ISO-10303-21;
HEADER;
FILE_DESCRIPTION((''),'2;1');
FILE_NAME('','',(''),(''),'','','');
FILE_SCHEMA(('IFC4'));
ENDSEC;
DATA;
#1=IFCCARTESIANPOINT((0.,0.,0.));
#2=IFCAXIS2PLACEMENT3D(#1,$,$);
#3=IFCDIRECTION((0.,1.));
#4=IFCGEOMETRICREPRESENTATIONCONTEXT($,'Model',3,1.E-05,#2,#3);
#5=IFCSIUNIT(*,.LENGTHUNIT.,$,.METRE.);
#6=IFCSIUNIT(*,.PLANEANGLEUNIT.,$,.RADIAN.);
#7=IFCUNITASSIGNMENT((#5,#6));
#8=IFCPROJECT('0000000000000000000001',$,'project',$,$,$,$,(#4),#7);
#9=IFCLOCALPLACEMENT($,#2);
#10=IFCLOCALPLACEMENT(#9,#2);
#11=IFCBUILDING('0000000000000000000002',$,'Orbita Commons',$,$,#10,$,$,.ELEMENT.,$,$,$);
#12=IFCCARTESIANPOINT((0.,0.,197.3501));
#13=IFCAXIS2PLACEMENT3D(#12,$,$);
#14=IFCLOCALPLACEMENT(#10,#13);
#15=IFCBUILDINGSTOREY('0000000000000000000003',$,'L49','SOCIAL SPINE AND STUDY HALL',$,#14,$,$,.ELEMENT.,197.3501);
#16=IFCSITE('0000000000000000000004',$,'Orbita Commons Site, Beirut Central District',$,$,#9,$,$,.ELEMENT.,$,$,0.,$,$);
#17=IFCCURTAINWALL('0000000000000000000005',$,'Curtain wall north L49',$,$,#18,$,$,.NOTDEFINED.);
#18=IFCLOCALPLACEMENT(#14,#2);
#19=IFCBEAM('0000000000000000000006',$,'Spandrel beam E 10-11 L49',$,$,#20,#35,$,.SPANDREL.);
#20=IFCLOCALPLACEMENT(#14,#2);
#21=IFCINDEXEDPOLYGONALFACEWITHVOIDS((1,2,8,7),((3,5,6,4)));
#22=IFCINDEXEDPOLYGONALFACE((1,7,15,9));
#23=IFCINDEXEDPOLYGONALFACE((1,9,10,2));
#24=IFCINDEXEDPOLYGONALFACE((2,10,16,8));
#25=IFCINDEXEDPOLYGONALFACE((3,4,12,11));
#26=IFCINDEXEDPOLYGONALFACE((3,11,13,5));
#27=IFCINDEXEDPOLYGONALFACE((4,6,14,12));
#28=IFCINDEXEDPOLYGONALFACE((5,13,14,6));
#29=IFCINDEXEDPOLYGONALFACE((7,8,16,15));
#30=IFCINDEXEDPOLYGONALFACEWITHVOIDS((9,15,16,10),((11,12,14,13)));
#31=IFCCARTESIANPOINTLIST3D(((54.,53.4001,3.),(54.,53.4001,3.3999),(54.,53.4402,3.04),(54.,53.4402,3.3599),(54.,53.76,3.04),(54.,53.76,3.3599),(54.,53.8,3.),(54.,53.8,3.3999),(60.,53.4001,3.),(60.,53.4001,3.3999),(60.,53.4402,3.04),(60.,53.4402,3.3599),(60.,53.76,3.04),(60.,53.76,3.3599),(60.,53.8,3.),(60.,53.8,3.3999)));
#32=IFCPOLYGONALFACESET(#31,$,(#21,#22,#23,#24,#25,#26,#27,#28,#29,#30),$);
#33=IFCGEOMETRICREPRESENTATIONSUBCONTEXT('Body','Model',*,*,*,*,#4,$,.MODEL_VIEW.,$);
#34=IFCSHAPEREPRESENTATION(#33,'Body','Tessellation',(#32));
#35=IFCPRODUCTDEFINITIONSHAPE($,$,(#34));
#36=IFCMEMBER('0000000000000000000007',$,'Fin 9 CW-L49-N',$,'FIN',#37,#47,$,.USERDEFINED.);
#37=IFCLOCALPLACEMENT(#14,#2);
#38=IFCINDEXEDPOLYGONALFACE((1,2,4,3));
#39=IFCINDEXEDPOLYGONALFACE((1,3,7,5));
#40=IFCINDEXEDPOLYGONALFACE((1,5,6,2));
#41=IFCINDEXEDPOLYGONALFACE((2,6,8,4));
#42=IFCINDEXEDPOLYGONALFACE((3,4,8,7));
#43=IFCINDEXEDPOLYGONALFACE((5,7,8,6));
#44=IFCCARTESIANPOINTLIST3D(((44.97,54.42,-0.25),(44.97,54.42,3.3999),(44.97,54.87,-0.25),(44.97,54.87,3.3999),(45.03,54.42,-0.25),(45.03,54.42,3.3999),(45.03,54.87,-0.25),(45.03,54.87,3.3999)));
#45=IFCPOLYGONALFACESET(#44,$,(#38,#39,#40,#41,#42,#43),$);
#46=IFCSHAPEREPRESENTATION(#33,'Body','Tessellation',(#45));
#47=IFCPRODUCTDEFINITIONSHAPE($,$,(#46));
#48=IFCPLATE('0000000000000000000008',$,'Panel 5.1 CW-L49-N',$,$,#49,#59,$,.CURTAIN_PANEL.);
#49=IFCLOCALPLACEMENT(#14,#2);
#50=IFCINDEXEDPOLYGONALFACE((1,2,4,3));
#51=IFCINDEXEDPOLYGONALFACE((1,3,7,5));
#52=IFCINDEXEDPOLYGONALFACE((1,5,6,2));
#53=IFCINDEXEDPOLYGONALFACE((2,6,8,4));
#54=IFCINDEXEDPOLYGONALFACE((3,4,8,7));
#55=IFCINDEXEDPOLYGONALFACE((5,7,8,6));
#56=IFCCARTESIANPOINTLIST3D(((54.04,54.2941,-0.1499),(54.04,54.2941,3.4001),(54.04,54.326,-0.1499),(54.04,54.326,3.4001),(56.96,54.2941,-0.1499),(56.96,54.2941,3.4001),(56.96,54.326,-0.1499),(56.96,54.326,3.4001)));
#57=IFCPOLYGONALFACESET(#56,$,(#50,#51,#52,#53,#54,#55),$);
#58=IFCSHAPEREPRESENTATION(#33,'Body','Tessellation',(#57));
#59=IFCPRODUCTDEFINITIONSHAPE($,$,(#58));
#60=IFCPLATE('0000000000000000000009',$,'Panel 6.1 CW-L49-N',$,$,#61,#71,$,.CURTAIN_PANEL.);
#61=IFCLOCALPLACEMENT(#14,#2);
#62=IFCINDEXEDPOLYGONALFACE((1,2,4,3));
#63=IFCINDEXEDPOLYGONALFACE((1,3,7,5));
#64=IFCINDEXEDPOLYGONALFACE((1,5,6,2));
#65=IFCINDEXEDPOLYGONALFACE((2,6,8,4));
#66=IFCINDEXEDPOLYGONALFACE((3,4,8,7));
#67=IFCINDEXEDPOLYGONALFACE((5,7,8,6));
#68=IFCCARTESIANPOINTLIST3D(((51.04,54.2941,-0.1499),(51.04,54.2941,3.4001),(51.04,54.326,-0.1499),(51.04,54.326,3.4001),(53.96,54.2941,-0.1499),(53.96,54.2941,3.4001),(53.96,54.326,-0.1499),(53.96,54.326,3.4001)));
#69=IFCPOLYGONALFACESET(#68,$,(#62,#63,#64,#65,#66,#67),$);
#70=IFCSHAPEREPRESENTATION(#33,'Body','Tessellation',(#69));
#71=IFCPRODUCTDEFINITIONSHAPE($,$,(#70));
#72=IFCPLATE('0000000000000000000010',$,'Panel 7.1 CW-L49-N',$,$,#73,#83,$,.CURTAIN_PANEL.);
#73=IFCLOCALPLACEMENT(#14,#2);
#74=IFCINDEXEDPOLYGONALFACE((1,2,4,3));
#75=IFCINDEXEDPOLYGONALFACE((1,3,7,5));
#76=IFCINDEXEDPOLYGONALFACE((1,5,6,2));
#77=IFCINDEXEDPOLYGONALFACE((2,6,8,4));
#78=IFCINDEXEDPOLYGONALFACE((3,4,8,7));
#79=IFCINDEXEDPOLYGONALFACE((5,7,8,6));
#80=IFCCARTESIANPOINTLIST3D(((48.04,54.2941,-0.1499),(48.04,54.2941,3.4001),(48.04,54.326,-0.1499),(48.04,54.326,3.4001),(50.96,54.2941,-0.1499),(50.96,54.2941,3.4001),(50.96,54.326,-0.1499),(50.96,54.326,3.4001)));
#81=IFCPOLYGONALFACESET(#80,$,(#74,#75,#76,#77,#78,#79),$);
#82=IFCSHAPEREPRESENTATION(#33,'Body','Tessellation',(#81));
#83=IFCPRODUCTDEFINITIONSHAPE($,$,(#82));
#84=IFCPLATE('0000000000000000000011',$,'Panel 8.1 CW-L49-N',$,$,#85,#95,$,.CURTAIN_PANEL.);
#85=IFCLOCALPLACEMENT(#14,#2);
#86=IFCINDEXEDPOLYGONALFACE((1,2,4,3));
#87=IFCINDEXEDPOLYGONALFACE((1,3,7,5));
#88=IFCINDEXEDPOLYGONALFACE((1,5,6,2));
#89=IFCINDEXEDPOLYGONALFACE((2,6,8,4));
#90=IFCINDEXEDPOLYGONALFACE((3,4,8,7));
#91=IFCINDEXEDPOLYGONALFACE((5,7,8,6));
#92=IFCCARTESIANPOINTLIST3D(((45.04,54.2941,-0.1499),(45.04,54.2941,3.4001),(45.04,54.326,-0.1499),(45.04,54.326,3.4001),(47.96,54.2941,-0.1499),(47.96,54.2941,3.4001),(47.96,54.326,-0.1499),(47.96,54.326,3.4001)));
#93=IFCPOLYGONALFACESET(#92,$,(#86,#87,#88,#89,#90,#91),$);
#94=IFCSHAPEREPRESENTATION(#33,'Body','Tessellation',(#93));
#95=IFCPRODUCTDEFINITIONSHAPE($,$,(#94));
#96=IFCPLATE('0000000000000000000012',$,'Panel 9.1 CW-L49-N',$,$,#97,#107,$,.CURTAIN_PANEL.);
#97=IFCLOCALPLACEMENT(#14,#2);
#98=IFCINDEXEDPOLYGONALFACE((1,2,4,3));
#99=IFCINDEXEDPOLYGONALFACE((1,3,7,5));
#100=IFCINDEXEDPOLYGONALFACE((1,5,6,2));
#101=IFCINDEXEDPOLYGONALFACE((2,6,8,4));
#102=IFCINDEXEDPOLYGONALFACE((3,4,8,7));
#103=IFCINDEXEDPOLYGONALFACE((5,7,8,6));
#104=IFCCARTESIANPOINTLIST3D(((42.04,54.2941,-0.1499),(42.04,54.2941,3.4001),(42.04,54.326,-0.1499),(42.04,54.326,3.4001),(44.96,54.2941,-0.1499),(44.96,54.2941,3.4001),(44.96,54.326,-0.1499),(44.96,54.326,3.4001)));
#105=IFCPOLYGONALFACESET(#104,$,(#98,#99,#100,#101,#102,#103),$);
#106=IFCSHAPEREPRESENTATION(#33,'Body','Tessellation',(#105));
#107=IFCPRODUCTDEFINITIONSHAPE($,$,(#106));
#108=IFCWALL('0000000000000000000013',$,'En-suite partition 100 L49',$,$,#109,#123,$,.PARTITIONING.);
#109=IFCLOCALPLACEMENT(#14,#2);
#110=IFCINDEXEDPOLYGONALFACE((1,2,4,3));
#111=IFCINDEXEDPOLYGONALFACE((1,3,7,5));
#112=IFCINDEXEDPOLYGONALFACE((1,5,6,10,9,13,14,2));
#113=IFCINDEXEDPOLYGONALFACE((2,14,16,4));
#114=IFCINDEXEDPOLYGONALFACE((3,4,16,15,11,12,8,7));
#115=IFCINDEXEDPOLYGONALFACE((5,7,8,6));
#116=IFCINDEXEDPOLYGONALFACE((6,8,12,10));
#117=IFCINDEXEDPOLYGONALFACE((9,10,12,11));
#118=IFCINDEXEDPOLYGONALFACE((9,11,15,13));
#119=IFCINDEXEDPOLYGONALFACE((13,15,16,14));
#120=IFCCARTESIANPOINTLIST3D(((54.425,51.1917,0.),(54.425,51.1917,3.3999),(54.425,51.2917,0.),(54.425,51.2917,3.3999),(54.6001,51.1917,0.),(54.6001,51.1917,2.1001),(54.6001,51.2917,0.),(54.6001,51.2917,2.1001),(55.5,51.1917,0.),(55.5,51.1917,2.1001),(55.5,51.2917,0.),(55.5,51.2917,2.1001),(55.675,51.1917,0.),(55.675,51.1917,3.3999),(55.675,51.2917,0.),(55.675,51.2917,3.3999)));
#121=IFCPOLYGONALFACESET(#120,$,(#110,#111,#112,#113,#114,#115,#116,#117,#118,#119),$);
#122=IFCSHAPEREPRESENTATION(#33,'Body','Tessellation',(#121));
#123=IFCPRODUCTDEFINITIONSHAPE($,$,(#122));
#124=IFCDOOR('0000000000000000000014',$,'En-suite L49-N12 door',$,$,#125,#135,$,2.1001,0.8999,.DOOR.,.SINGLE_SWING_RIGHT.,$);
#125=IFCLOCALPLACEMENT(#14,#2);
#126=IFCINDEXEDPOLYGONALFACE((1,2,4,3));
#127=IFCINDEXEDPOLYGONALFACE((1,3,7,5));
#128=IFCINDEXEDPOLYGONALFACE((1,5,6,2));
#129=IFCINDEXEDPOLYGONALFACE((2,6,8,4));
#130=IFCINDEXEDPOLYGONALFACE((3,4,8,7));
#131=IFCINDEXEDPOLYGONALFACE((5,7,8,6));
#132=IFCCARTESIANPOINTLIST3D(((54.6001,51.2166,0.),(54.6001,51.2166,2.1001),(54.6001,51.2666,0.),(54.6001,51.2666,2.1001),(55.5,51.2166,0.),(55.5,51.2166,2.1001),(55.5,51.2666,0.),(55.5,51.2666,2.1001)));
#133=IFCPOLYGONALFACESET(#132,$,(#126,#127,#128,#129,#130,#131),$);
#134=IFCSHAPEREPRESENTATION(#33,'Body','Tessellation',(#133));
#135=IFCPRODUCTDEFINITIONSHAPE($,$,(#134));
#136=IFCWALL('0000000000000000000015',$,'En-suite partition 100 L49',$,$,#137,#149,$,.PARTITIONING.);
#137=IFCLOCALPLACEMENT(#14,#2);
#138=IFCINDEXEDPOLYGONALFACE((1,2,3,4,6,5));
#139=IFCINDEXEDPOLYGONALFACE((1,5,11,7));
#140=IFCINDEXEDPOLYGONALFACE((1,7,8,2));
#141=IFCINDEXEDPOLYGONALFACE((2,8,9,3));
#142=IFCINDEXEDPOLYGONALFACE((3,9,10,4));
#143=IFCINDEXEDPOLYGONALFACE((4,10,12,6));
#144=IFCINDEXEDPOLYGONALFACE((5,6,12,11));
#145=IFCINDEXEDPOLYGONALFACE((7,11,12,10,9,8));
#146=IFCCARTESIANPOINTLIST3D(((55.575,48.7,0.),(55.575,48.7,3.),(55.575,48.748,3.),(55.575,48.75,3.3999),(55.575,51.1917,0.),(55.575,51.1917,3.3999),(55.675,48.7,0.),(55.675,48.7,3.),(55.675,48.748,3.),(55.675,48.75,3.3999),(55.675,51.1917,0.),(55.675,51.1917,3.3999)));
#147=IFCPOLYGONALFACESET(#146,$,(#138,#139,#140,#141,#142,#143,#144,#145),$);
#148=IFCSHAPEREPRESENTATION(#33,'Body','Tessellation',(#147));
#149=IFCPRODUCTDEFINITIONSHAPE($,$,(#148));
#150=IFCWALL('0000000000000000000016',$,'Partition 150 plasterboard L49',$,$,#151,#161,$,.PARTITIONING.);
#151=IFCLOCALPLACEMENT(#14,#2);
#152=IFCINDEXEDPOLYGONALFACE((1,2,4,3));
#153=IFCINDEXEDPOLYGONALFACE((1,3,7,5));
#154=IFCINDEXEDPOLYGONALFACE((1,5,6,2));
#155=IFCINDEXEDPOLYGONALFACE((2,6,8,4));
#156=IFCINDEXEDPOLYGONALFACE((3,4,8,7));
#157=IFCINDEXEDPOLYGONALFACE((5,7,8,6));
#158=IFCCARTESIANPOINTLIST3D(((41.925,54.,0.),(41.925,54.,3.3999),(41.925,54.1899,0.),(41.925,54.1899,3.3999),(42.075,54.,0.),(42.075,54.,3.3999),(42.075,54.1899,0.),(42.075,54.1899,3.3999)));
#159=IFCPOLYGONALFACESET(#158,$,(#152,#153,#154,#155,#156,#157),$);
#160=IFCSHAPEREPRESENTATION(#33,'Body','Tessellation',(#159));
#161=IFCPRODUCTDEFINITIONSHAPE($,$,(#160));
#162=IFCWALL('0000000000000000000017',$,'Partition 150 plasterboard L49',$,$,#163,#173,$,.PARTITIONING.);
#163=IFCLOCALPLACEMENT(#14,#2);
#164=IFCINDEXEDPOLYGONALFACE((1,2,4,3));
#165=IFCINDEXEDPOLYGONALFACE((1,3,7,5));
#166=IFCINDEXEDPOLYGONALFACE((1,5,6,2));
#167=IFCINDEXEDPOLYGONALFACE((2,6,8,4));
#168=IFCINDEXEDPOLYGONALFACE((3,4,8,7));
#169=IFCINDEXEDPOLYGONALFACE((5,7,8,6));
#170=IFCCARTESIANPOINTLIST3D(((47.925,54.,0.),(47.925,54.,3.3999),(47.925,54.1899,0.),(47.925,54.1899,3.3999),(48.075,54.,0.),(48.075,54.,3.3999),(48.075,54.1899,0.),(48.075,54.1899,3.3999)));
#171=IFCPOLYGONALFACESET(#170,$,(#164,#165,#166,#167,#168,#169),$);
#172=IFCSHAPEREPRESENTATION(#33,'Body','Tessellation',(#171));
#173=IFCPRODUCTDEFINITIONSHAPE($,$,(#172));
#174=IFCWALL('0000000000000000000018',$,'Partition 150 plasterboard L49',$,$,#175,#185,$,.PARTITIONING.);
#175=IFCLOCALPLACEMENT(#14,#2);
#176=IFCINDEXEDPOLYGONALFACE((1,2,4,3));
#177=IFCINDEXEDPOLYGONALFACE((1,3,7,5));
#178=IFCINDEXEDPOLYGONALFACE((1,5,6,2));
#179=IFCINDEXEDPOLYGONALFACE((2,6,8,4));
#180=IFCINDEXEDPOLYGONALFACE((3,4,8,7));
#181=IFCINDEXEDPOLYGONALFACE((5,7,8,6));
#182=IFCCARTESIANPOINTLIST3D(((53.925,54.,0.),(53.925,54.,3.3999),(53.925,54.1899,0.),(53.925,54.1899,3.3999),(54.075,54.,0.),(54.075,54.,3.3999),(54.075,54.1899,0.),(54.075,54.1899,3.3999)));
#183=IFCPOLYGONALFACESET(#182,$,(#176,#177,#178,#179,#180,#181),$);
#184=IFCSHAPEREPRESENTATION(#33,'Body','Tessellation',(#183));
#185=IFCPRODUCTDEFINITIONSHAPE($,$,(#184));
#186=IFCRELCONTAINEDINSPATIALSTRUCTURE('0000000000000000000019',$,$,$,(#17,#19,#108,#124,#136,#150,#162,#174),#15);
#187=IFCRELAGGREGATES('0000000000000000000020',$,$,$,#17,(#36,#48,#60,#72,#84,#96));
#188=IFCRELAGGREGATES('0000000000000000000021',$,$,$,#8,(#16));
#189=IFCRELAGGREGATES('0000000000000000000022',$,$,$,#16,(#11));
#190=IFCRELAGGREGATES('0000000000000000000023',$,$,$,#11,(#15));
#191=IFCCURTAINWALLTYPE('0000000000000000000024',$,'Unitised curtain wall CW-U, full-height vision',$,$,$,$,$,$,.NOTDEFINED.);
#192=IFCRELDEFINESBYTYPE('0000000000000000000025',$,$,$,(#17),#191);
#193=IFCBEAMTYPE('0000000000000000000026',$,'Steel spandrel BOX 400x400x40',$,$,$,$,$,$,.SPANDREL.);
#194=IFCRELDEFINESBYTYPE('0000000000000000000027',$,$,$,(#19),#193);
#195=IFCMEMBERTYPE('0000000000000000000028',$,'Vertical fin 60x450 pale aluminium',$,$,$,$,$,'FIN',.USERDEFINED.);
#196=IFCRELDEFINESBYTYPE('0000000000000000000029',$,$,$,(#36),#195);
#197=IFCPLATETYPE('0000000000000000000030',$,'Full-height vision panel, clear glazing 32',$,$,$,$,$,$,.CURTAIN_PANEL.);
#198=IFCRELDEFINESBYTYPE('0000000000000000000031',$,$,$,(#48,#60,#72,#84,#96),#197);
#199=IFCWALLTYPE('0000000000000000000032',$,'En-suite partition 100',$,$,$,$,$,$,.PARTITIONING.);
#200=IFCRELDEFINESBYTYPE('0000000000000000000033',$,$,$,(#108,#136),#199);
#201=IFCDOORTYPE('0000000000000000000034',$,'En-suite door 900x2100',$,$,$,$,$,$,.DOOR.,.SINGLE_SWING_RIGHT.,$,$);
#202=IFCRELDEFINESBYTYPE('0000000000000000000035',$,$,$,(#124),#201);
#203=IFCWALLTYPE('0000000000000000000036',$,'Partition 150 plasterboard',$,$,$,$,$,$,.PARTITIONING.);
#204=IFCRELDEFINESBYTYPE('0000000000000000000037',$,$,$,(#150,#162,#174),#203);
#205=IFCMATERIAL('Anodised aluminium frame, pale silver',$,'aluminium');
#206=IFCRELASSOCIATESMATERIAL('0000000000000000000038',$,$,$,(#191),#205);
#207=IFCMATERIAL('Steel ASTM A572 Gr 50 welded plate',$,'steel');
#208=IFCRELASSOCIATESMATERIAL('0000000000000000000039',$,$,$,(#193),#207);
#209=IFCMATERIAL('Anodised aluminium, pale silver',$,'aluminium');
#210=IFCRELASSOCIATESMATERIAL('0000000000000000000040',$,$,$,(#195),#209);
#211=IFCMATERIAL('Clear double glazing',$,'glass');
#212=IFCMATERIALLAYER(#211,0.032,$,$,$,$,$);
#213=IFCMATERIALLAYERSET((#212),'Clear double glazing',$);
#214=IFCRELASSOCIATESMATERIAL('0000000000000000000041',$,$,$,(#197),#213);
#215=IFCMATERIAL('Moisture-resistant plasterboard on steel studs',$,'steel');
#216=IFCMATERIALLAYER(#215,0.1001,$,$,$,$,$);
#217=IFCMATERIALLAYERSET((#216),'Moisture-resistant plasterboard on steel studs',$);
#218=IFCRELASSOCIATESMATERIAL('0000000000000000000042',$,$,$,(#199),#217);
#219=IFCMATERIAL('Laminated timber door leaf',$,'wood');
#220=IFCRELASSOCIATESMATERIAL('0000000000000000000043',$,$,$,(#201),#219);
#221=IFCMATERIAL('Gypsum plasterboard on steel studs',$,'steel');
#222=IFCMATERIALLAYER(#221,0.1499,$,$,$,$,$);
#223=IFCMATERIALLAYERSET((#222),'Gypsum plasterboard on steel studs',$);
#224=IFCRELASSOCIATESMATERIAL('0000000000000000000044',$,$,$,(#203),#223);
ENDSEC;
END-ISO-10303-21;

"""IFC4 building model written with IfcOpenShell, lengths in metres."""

from ifc_helpers import new_model, si_unit, direction, frame, frame_2d, origin, origin_2d, place, context, subcontext, project, spatial, polyline, rectangle, hollow_rectangle, outline, extrude, material, layer, layer_set, material_profile, profile_set, type_object, element, fill, aggregate, save


model = new_model("IFC4")

# Units and contexts
model_context = context("Model", 3, precision=1e-05, world=origin(), true_north=direction((0.0, 1.0)))
body_context = subcontext(model_context, "Body", "Model", "MODEL_VIEW")
ifc_project = project(units=[si_unit("LENGTHUNIT", "METRE"), si_unit("PLANEANGLEUNIT", "RADIAN")], contexts=[model_context])

# Site, building, storey
site_placement = place(None, origin())
site = spatial("IfcSite", under=ifc_project, at=site_placement, Name="Orbita Commons Site, Beirut Central District", CompositionType="ELEMENT", RefElevation=0.0)
building_placement = place(site_placement, origin())
building = spatial("IfcBuilding", under=site, at=building_placement, Name="Orbita Commons", CompositionType="ELEMENT")
storey_placement = place(building_placement, frame((0.0, 0.0, 197.3501)))
storey = spatial("IfcBuildingStorey", under=building, at=storey_placement, Name="L49", Description="SOCIAL SPINE AND STUDY HALL", CompositionType="ELEMENT", Elevation=197.3501)

# Curtain wall
ifc_material_1 = material(Name="Anodised aluminium frame, pale silver", Category="aluminium")
curtain_wall_type = type_object("IfcCurtainWallType", Name="Unitised curtain wall CW-U, full-height vision", PredefinedType="NOTDEFINED", material=ifc_material_1)
curtain_wall_placement = place(storey_placement, origin())
curtain_wall = element("IfcCurtainWall", 1, at=curtain_wall_placement, inside=storey, type_object=curtain_wall_type, Name="Curtain wall north L49", PredefinedType="NOTDEFINED")

# Beam
ifc_material_2 = material(Name="Steel ASTM A572 Gr 50 welded plate", Category="steel")
ifc_material_profile_1 = material_profile(ifc_material_2, hollow_rectangle(XDim=0.3999, YDim=0.3999, WallThickness=0.04, at=origin_2d()), Name="BOX 400x400x40")
ifc_profile_set_1 = profile_set([ifc_material_profile_1], Name="Steel ASTM A572 Gr 50 welded plate")
beam_type = type_object("IfcBeamType", Name="Steel spandrel BOX 400x400x40", PredefinedType="SPANDREL", material=ifc_profile_set_1)
for number, where, z_axis, x_axis, name in (
    (2, (54.0, 53.6001, 3.2), (1.0, 0.0, 0.0), (0.0, 1.0, 0.0), "Spandrel beam E 10-11 L49"),
):
    element("IfcBeam", number, at=place(storey_placement, frame(where, z_axis=z_axis, x_axis=x_axis)), inside=storey, type_object=beam_type, Name=name, PredefinedType="SPANDREL", context=body_context, shape_type="SweptSolid", body=[
        extrude(hollow_rectangle(XDim=0.3999, YDim=0.3999, WallThickness=0.04, at=origin_2d()), origin(), (0.0, 0.0, 1.0), 6.0),
    ])

# Member
ifc_material_3 = material(Name="Anodised aluminium, pale silver", Category="aluminium")
ifc_material_profile_2 = material_profile(ifc_material_3, rectangle(XDim=0.0601, YDim=0.45, at=origin_2d()), Name="FIN 60x450")
ifc_profile_set_2 = profile_set([ifc_material_profile_2], Name="Anodised aluminium, pale silver")
member_type_1 = type_object("IfcMemberType", Name="Vertical fin 60x450 pale aluminium", ElementType="FIN", PredefinedType="USERDEFINED", material=ifc_profile_set_2)
member_1_placement = place(storey_placement, frame((45.0, 54.645, -0.25), z_axis=(0.0, 0.0, 1.0), x_axis=(-1.0, 0.0, 0.0)))
member_1 = element("IfcMember", 3, at=member_1_placement, type_object=member_type_1, Name="Fin 9 CW-L49-N", ObjectType="FIN", PredefinedType="USERDEFINED", context=body_context, shape_type="SweptSolid", body=[
    extrude(rectangle(XDim=0.0601, YDim=0.45, at=origin_2d()), origin(), (0.0, 0.0, 1.0), 3.6499),
])

# Plates
ifc_material_4 = material(Name="Clear double glazing", Category="glass")
ifc_layer_1 = layer(ifc_material_4, 0.032)
ifc_layer_set_1 = layer_set([ifc_layer_1], Name="Clear double glazing")
plate_type = type_object("IfcPlateType", Name="Full-height vision panel, clear glazing 32", PredefinedType="CURTAIN_PANEL", material=ifc_layer_set_1)
plate_1_placement = place(storey_placement, frame((55.5, 54.3101, -0.1499), z_axis=(0.0, 0.0, 1.0), x_axis=(-1.0, 0.0, 0.0)))
plate_1 = element("IfcPlate", 4, at=plate_1_placement, type_object=plate_type, Name="Panel 5.1 CW-L49-N", PredefinedType="CURTAIN_PANEL", context=body_context, shape_type="SweptSolid", body=[
    extrude(rectangle(XDim=2.9199, YDim=0.032, at=origin_2d()), origin(), (0.0, 0.0, 1.0), 3.55),
])
plate_2_placement = place(storey_placement, frame((52.5, 54.3101, -0.1499), z_axis=(0.0, 0.0, 1.0), x_axis=(-1.0, 0.0, 0.0)))
plate_2 = element("IfcPlate", 5, at=plate_2_placement, type_object=plate_type, Name="Panel 6.1 CW-L49-N", PredefinedType="CURTAIN_PANEL", context=body_context, shape_type="SweptSolid", body=[
    extrude(rectangle(XDim=2.9199, YDim=0.032, at=origin_2d()), origin(), (0.0, 0.0, 1.0), 3.55),
])
plate_3_placement = place(storey_placement, frame((49.5, 54.3101, -0.1499), z_axis=(0.0, 0.0, 1.0), x_axis=(-1.0, 0.0, 0.0)))
plate_3 = element("IfcPlate", 6, at=plate_3_placement, type_object=plate_type, Name="Panel 7.1 CW-L49-N", PredefinedType="CURTAIN_PANEL", context=body_context, shape_type="SweptSolid", body=[
    extrude(rectangle(XDim=2.9199, YDim=0.032, at=origin_2d()), origin(), (0.0, 0.0, 1.0), 3.55),
])
plate_4_placement = place(storey_placement, frame((46.5, 54.3101, -0.1499), z_axis=(0.0, 0.0, 1.0), x_axis=(-1.0, 0.0, 0.0)))
plate_4 = element("IfcPlate", 7, at=plate_4_placement, type_object=plate_type, Name="Panel 8.1 CW-L49-N", PredefinedType="CURTAIN_PANEL", context=body_context, shape_type="SweptSolid", body=[
    extrude(rectangle(XDim=2.9199, YDim=0.032, at=origin_2d()), origin(), (0.0, 0.0, 1.0), 3.55),
])
plate_5_placement = place(storey_placement, frame((43.5, 54.3101, -0.1499), z_axis=(0.0, 0.0, 1.0), x_axis=(-1.0, 0.0, 0.0)))
plate_5 = element("IfcPlate", 8, at=plate_5_placement, type_object=plate_type, Name="Panel 9.1 CW-L49-N", PredefinedType="CURTAIN_PANEL", context=body_context, shape_type="SweptSolid", body=[
    extrude(rectangle(XDim=2.9199, YDim=0.032, at=origin_2d()), origin(), (0.0, 0.0, 1.0), 3.55),
])
aggregate(curtain_wall, [member_1, plate_1, plate_2, plate_3, plate_4, plate_5])

# Wall, opening, door
ifc_material_5 = material(Name="Moisture-resistant plasterboard on steel studs", Category="steel")
ifc_layer_2 = layer(ifc_material_5, 0.1001)
ifc_layer_set_2 = layer_set([ifc_layer_2], Name="Moisture-resistant plasterboard on steel studs")
wall_type_1 = type_object("IfcWallType", Name="En-suite partition 100", PredefinedType="PARTITIONING", material=ifc_layer_set_2)
wall_1_placement = place(storey_placement, frame((54.425, 51.2417, 0.0), z_axis=(0.0, 0.0, 1.0), x_axis=(1.0, 0.0, 0.0)))
wall_1 = element("IfcWall", 9, at=wall_1_placement, inside=storey, type_object=wall_type_1, Name="En-suite partition 100 L49", PredefinedType="PARTITIONING", context=body_context, shape_type="SweptSolid", body=[
    extrude(rectangle(XDim=1.25, YDim=0.1001, at=frame_2d((0.625, 0.0))), origin(), (0.0, 0.0, 1.0), 3.3999),
])
opening_placement = place(wall_1_placement, frame((0.175, 0.0, 0.0)))
opening = element("IfcOpeningElement", 10, at=opening_placement, cuts=wall_1, PredefinedType="OPENING", context=body_context, shape_type="SweptSolid", body=[
    extrude(rectangle(XDim=0.8999, YDim=2.1001, at=frame_2d((0.45, 1.05))), frame((0.0, 0.0601, 0.0), z_axis=(0.0, -1.0, 0.0), x_axis=(1.0, 0.0, 0.0)), (0.0, 0.0, 1.0), 0.1201),
])
ifc_material_6 = material(Name="Laminated timber door leaf", Category="wood")
door_type = type_object("IfcDoorType", Name="En-suite door 900x2100", OperationType="SINGLE_SWING_RIGHT", PredefinedType="DOOR", material=ifc_material_6)
door_placement = place(opening_placement, origin())
door = element("IfcDoor", 11, at=door_placement, inside=storey, type_object=door_type, Name="En-suite L49-N12 door", OperationType="SINGLE_SWING_RIGHT", OverallHeight=2.1001, OverallWidth=0.8999, PredefinedType="DOOR", context=body_context, shape_type="SweptSolid", body=[
    extrude(rectangle(XDim=0.8999, YDim=2.1001, at=frame_2d((0.45, 1.05))), frame((0.0, 0.0249, 0.0), z_axis=(0.0, -1.0, 0.0), x_axis=(1.0, 0.0, 0.0)), (0.0, 0.0, 1.0), 0.05),
])
fill(opening, door)

# Walls
wall_2_placement = place(storey_placement, frame((55.625, 51.1917, 0.0), z_axis=(0.0, 0.0, 1.0), x_axis=(0.0, -1.0, 0.0)))
element("IfcWall", 12, at=wall_2_placement, inside=storey, type_object=wall_type_1, Name="En-suite partition 100 L49", PredefinedType="PARTITIONING", context=body_context, shape_type="SweptSolid", body=[
    extrude(outline(polyline([(0.0, 0.0), (2.4917, 0.0), (2.4917, 3.0), (2.4436, 3.0), (2.4417, 3.3999), (0.0, 3.3999), (0.0, 0.0)])), frame((0.0, 0.05, 0.0), z_axis=(0.0, -1.0, 0.0), x_axis=(1.0, 0.0, 0.0)), (0.0, 0.0, 1.0), 0.1001),
])
ifc_material_7 = material(Name="Gypsum plasterboard on steel studs", Category="steel")
ifc_layer_3 = layer(ifc_material_7, 0.1499)
ifc_layer_set_3 = layer_set([ifc_layer_3], Name="Gypsum plasterboard on steel studs")
wall_type_2 = type_object("IfcWallType", Name="Partition 150 plasterboard", PredefinedType="PARTITIONING", material=ifc_layer_set_3)
for number, where, z_axis, x_axis, name in (
    (13, (42.0, 54.0, 0.0), (0.0, 0.0, 1.0), (0.0, 1.0, 0.0), "Partition 150 plasterboard L49"),
    (14, (48.0, 54.0, 0.0), (0.0, 0.0, 1.0), (0.0, 1.0, 0.0), "Partition 150 plasterboard L49"),
    (15, (54.0, 54.0, 0.0), (0.0, 0.0, 1.0), (0.0, 1.0, 0.0), "Partition 150 plasterboard L49"),
):
    element("IfcWall", number, at=place(storey_placement, frame(where, z_axis=z_axis, x_axis=x_axis)), inside=storey, type_object=wall_type_2, Name=name, PredefinedType="PARTITIONING", context=body_context, shape_type="SweptSolid", body=[
        extrude(rectangle(XDim=0.1899, YDim=0.1499, at=frame_2d((0.095, 0.0))), origin(), (0.0, 0.0, 1.0), 3.3999),
    ])

save(model, "model.ifc")
